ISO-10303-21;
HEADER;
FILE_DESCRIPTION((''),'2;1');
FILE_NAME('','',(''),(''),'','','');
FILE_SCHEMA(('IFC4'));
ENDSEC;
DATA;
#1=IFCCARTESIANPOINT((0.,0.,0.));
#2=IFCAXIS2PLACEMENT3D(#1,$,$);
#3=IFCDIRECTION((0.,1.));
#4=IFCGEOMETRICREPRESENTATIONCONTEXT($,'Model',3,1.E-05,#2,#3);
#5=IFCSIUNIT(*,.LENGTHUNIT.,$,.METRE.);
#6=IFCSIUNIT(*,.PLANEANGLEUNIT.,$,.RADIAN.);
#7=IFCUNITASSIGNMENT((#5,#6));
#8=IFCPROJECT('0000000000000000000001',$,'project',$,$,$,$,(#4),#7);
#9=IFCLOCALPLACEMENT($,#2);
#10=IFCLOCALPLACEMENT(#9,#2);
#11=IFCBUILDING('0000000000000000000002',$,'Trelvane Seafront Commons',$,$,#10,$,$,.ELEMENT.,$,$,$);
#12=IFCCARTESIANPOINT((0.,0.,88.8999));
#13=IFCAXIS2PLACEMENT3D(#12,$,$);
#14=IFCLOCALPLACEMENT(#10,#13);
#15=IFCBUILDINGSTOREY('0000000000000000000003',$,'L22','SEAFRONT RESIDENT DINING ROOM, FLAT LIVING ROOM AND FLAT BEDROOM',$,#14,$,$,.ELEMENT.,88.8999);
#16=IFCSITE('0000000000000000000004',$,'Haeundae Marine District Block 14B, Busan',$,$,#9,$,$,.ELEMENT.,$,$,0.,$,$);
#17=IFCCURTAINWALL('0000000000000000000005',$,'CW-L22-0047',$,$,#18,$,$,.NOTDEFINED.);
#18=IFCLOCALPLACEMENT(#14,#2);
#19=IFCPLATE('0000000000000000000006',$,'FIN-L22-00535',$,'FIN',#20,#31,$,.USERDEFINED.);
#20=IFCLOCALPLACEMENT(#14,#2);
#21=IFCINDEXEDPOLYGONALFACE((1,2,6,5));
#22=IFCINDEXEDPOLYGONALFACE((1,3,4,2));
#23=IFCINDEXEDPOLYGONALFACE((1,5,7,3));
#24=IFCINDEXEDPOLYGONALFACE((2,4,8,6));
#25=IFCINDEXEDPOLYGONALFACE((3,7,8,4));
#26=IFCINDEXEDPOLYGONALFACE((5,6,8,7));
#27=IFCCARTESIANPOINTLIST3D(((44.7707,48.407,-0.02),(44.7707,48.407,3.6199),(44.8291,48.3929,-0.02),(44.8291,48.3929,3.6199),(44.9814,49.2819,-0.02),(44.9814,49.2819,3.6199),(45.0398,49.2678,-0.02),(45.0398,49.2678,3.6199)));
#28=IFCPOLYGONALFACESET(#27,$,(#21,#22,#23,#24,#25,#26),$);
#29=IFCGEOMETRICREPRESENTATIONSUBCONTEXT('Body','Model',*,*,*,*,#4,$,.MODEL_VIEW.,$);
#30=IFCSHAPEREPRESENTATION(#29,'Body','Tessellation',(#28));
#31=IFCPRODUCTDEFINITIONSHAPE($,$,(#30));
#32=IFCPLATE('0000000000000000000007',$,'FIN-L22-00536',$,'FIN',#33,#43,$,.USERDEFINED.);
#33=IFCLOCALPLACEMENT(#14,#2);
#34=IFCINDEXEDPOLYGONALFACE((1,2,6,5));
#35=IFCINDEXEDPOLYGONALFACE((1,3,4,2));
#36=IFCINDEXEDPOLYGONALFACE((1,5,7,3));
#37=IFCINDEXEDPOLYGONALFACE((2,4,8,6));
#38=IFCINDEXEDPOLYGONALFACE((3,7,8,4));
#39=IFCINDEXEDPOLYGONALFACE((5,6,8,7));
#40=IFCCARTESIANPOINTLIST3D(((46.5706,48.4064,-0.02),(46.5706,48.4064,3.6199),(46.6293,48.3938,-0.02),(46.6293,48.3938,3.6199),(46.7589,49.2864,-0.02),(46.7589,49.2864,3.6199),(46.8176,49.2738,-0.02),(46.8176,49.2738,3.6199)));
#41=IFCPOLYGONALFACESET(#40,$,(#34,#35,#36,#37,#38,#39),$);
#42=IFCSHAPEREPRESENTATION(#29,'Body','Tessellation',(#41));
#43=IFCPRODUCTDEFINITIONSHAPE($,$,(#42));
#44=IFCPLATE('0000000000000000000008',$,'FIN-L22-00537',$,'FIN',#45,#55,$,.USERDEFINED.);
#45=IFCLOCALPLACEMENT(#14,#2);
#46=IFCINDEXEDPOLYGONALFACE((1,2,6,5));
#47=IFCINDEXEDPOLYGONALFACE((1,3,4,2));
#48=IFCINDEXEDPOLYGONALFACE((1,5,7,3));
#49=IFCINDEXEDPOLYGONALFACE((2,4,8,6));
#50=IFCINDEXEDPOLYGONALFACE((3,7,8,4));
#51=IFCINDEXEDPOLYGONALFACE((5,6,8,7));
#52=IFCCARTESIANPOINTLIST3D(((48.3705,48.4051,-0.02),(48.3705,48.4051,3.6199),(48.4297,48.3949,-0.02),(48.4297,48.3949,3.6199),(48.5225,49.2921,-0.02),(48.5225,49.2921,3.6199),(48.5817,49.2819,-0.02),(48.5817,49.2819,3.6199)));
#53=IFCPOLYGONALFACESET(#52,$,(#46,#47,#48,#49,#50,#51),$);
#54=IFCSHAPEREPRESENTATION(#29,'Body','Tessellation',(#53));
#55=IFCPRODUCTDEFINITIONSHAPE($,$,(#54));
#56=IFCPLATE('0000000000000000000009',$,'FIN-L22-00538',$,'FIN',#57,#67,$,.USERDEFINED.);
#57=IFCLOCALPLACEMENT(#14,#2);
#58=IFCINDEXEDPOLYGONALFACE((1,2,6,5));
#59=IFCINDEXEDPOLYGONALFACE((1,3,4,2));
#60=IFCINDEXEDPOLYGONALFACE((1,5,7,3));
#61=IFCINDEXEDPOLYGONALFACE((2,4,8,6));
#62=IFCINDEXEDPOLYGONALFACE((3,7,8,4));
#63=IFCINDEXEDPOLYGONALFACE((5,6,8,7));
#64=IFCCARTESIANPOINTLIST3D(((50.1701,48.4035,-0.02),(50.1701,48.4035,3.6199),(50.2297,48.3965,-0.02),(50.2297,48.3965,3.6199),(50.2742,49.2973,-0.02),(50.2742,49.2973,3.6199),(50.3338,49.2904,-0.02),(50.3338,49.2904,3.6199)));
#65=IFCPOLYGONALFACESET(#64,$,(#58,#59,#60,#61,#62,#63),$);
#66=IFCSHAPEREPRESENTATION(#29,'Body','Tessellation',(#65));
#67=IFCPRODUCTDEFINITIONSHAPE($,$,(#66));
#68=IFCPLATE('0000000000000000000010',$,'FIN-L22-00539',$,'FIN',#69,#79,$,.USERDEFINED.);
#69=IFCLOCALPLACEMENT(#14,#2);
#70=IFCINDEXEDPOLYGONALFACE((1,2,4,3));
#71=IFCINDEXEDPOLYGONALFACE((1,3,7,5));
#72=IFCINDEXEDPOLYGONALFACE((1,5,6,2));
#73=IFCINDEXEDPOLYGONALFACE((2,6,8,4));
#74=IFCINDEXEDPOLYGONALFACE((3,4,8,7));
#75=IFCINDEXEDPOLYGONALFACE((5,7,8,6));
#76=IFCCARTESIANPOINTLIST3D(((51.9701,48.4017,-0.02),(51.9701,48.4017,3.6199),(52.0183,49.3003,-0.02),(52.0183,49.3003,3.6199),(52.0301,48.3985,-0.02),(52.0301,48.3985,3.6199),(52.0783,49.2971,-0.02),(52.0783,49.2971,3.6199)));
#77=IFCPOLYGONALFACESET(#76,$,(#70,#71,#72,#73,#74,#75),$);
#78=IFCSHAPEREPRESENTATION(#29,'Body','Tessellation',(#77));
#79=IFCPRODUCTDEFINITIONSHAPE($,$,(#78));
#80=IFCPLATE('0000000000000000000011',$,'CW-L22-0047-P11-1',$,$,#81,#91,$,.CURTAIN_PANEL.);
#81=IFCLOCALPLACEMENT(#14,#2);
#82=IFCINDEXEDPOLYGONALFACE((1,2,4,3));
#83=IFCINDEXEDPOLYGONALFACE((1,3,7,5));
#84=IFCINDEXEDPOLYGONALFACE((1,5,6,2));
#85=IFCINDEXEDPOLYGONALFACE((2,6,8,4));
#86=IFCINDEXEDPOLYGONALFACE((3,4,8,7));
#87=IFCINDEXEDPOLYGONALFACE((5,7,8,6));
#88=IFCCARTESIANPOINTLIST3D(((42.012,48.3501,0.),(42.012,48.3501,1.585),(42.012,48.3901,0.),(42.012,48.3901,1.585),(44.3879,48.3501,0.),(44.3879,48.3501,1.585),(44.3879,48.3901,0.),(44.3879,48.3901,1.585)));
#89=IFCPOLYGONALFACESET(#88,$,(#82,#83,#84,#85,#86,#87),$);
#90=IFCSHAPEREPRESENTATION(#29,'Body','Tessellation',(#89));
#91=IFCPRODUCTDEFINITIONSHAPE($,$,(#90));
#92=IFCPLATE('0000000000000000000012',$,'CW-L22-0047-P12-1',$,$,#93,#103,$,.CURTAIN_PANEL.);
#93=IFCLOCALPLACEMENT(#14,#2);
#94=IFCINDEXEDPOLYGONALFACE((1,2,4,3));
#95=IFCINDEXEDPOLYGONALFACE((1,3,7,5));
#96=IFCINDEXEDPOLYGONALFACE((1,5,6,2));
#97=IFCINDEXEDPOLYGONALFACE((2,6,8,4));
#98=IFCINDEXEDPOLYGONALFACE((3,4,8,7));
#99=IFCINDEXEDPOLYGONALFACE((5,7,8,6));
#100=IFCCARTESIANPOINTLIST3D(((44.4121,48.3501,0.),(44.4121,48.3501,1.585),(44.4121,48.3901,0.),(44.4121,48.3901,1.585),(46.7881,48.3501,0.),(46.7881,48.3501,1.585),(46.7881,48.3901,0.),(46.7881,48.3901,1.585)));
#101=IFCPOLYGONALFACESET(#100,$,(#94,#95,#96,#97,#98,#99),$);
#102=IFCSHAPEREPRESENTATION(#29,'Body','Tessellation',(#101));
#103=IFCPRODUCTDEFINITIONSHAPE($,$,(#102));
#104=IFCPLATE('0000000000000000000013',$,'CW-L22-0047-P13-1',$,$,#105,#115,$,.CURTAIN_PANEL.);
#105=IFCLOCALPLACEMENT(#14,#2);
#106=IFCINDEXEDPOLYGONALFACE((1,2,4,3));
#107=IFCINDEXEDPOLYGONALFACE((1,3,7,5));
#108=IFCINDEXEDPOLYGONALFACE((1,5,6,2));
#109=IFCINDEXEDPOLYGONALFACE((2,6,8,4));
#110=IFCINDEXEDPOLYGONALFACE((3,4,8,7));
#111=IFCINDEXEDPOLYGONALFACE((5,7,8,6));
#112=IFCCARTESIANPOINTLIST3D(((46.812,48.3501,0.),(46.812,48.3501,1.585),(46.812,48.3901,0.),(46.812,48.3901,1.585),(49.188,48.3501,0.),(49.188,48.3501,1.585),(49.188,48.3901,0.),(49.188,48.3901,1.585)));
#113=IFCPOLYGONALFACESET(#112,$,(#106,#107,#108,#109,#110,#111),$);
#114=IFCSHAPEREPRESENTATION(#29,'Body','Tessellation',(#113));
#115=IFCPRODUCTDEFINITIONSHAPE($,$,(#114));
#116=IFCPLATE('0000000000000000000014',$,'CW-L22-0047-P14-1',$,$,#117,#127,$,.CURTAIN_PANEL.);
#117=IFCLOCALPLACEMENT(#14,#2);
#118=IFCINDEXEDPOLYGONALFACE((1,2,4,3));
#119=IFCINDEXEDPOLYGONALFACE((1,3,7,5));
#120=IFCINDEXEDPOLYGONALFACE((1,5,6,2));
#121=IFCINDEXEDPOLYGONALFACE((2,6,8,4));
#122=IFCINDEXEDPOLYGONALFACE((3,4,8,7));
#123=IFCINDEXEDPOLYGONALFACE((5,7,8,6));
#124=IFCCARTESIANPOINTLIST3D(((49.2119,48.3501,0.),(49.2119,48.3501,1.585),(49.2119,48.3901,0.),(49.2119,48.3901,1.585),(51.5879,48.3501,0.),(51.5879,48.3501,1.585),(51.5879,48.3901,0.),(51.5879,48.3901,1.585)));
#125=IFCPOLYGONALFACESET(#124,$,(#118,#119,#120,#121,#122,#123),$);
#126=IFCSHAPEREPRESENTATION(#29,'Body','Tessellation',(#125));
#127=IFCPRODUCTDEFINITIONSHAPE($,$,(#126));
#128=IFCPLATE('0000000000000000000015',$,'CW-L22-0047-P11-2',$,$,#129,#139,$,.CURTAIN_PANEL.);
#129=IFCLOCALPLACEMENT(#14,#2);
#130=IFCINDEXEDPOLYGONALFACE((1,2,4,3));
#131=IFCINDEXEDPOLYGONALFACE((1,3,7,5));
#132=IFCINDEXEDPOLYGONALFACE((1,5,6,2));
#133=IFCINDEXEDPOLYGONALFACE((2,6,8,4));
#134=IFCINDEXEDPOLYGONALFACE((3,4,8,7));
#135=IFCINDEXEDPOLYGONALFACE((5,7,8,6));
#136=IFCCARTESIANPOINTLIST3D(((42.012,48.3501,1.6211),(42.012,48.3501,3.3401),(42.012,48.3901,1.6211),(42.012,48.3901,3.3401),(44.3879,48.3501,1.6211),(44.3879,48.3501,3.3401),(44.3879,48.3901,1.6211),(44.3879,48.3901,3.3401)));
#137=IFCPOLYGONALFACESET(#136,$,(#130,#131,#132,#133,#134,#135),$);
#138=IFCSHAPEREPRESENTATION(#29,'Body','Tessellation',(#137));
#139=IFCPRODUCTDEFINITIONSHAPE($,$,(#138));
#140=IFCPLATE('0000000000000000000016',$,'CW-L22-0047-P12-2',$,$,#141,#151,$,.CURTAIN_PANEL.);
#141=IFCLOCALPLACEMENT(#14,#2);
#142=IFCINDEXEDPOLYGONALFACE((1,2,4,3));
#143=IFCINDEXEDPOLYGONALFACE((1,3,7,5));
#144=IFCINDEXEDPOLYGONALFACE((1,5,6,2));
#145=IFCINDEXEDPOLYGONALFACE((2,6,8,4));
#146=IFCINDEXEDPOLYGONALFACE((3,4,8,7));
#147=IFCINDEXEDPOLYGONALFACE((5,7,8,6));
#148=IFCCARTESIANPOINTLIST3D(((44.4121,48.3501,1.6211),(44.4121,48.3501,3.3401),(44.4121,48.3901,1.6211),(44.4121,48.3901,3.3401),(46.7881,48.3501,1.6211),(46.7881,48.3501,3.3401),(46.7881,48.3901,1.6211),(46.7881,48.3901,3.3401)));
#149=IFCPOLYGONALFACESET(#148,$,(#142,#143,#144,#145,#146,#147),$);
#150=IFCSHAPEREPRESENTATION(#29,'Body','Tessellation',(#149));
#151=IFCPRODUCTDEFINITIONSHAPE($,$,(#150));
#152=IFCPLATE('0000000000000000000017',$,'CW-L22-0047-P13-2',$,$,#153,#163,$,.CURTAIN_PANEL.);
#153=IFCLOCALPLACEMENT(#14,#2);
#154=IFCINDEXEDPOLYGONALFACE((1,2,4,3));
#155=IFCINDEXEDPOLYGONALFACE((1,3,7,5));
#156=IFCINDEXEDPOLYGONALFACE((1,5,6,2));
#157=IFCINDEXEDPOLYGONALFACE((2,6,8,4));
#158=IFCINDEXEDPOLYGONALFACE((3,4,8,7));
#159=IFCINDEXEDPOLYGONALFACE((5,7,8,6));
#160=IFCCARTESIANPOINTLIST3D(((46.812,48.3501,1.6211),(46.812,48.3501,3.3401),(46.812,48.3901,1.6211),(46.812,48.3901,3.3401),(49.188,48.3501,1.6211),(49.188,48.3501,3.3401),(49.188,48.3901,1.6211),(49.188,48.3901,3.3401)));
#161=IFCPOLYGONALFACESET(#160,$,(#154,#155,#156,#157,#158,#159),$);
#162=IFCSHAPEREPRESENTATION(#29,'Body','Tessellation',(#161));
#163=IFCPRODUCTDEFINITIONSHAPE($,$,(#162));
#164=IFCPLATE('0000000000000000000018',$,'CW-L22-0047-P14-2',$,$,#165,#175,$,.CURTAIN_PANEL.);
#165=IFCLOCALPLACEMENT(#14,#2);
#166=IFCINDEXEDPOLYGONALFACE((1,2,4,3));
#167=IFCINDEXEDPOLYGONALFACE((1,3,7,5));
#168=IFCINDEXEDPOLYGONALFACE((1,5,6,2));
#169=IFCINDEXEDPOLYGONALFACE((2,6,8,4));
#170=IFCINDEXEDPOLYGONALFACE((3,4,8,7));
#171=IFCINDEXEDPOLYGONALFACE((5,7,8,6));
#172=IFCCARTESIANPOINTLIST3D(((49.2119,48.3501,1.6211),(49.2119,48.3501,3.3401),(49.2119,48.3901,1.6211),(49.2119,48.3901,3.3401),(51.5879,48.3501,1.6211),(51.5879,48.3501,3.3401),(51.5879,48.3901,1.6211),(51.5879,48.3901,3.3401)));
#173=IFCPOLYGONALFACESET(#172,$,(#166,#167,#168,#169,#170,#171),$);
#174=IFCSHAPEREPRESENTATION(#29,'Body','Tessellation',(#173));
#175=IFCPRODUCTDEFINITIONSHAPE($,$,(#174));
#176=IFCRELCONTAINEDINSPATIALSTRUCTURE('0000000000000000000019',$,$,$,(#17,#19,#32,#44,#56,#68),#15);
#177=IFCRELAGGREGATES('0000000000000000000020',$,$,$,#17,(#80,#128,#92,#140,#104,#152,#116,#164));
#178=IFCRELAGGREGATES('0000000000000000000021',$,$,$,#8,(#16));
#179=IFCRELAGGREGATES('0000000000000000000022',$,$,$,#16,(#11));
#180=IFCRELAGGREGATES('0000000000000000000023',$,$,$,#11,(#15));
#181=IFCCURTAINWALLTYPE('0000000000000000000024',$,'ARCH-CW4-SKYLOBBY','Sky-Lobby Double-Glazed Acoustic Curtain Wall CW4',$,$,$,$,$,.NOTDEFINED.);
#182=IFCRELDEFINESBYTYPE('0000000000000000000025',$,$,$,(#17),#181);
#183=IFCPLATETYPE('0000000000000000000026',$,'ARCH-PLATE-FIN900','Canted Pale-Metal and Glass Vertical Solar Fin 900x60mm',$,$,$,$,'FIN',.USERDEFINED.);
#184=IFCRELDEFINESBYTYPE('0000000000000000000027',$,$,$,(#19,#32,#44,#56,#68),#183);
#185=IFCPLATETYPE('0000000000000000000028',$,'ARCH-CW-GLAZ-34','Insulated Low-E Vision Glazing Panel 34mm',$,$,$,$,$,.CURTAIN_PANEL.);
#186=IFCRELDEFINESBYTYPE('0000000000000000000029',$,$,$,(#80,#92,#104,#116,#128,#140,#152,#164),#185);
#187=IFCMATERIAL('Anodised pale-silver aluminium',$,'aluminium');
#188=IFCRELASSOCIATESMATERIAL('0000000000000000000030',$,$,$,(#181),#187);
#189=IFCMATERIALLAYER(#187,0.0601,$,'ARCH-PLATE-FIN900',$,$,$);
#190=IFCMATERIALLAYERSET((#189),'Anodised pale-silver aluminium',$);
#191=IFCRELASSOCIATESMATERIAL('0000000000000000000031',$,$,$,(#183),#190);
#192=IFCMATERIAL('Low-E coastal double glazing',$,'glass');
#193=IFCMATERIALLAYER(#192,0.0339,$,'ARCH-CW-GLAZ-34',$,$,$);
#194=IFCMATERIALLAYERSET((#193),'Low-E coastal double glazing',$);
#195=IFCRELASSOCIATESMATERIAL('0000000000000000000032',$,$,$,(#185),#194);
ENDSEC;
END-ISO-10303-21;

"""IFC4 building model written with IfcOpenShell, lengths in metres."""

from ifc_helpers import new_model, si_unit, direction, frame, origin, origin_2d, place, context, subcontext, project, spatial, rectangle, extrude, source, transform, mapped, material, layer, layer_set, type_object, element, aggregate, save


model = new_model("IFC4")

# Units and contexts
model_context = context("Model", 3, precision=1e-05, world=origin(), true_north=direction((0.0, 1.0)))
body_context = subcontext(model_context, "Body", "Model", "MODEL_VIEW")
ifc_project = project(units=[si_unit("LENGTHUNIT", "METRE"), si_unit("PLANEANGLEUNIT", "RADIAN")], contexts=[model_context])

# Site, building, storey
site_placement = place(None, origin())
site = spatial("IfcSite", under=ifc_project, at=site_placement, Name="Haeundae Marine District Block 14B, Busan", CompositionType="ELEMENT", RefElevation=0.0)
building_placement = place(site_placement, origin())
building = spatial("IfcBuilding", under=site, at=building_placement, Name="Trelvane Seafront Commons", CompositionType="ELEMENT")
storey_placement = place(building_placement, frame((0.0, 0.0, 88.8999)))
storey = spatial("IfcBuildingStorey", under=building, at=storey_placement, Name="L22", Description="SEAFRONT RESIDENT DINING ROOM, FLAT LIVING ROOM AND FLAT BEDROOM", CompositionType="ELEMENT", Elevation=88.8999)

# Curtain wall
ifc_material_1 = material(Name="Anodised pale-silver aluminium", Category="aluminium")
curtain_wall_type = type_object("IfcCurtainWallType", Name="ARCH-CW4-SKYLOBBY", Description="Sky-Lobby Double-Glazed Acoustic Curtain Wall CW4", PredefinedType="NOTDEFINED", material=ifc_material_1)
curtain_wall_placement = place(storey_placement, origin())
curtain_wall = element("IfcCurtainWall", 1, at=curtain_wall_placement, inside=storey, type_object=curtain_wall_type, Name="CW-L22-0047", PredefinedType="NOTDEFINED")

# Plates
ifc_layer_1 = layer(ifc_material_1, 0.0601, Name="ARCH-PLATE-FIN900")
ifc_layer_set_1 = layer_set([ifc_layer_1], Name="Anodised pale-silver aluminium")
plate_type_1 = type_object("IfcPlateType", Name="ARCH-PLATE-FIN900", Description="Canted Pale-Metal and Glass Vertical Solar Fin 900x60mm", ElementType="FIN", PredefinedType="USERDEFINED", material=ifc_layer_set_1)
shared_shape_1 = source(origin(), body_context, "Body", "SweptSolid", [
    extrude(rectangle(XDim=0.8999, YDim=0.0601, at=origin_2d()), origin(), (0.0, 0.0, 1.0), 3.6399),
])
for number, where, z_axis, x_axis, name in (
    (2, (44.9053, 48.8374, -0.02), (0.0, 0.0, 1.0), (0.234109, 0.97221, 0.0), "FIN-L22-00535"),
    (3, (46.6941, 48.8401, -0.02), (0.0, 0.0, 1.0), (0.209218, 0.977869, 0.0), "FIN-L22-00536"),
    (4, (48.4761, 48.8435, -0.02), (0.0, 0.0, 1.0), (0.168883, 0.985636, 0.0), "FIN-L22-00537"),
    (5, (50.252, 48.8469, -0.02), (0.0, 0.0, 1.0), (0.115662, 0.993289, 0.0), "FIN-L22-00538"),
    (6, (52.0242, 48.8494, -0.02), (0.0, 0.0, 1.0), (0.053556, 0.998565, 0.0), "FIN-L22-00539"),
):
    element("IfcPlate", number, at=place(storey_placement, frame(where, z_axis=z_axis, x_axis=x_axis)), inside=storey, type_object=plate_type_1, Name=name, ObjectType="FIN", PredefinedType="USERDEFINED", context=body_context, shape_type="MappedRepresentation", body=[
        mapped(shared_shape_1, transform((0.0, 0.0, 0.0), x_axis=(1.0, 0.0, 0.0), y_axis=(0.0, 1.0, 0.0), z_axis=(0.0, 0.0, 1.0), scale=1.0)),
    ])

# Plates
ifc_material_2 = material(Name="Low-E coastal double glazing", Category="glass")
ifc_layer_2 = layer(ifc_material_2, 0.0339, Name="ARCH-CW-GLAZ-34")
ifc_layer_set_2 = layer_set([ifc_layer_2], Name="Low-E coastal double glazing")
plate_type_2 = type_object("IfcPlateType", Name="ARCH-CW-GLAZ-34", Description="Insulated Low-E Vision Glazing Panel 34mm", PredefinedType="CURTAIN_PANEL", material=ifc_layer_set_2)
shared_shape_2 = source(origin(), body_context, "Body", "SweptSolid", [
    extrude(rectangle(XDim=2.376, YDim=0.04, at=origin_2d()), origin(), (0.0, 0.0, 1.0), 1.585),
])
plate_1_placement = place(storey_placement, frame((43.2, 48.3701, 0.0), z_axis=(0.0, 0.0, 1.0), x_axis=(1.0, 0.0, 0.0)))
plate_1 = element("IfcPlate", 7, at=plate_1_placement, type_object=plate_type_2, Name="CW-L22-0047-P11-1", PredefinedType="CURTAIN_PANEL", context=body_context, shape_type="MappedRepresentation", body=[
    mapped(shared_shape_2, transform((0.0, 0.0, 0.0), x_axis=(1.0, 0.0, 0.0), y_axis=(0.0, 1.0, 0.0), z_axis=(0.0, 0.0, 1.0), scale=1.0)),
])
plate_2_placement = place(storey_placement, frame((45.6001, 48.3701, 0.0), z_axis=(0.0, 0.0, 1.0), x_axis=(1.0, 0.0, 0.0)))
plate_2 = element("IfcPlate", 8, at=plate_2_placement, type_object=plate_type_2, Name="CW-L22-0047-P12-1", PredefinedType="CURTAIN_PANEL", context=body_context, shape_type="MappedRepresentation", body=[
    mapped(shared_shape_2, transform((0.0, 0.0, 0.0), x_axis=(1.0, 0.0, 0.0), y_axis=(0.0, 1.0, 0.0), z_axis=(0.0, 0.0, 1.0), scale=1.0)),
])
plate_3_placement = place(storey_placement, frame((48.0, 48.3701, 0.0), z_axis=(0.0, 0.0, 1.0), x_axis=(1.0, 0.0, 0.0)))
plate_3 = element("IfcPlate", 9, at=plate_3_placement, type_object=plate_type_2, Name="CW-L22-0047-P13-1", PredefinedType="CURTAIN_PANEL", context=body_context, shape_type="MappedRepresentation", body=[
    mapped(shared_shape_2, transform((0.0, 0.0, 0.0), x_axis=(1.0, 0.0, 0.0), y_axis=(0.0, 1.0, 0.0), z_axis=(0.0, 0.0, 1.0), scale=1.0)),
])
plate_4_placement = place(storey_placement, frame((50.3999, 48.3701, 0.0), z_axis=(0.0, 0.0, 1.0), x_axis=(1.0, 0.0, 0.0)))
plate_4 = element("IfcPlate", 10, at=plate_4_placement, type_object=plate_type_2, Name="CW-L22-0047-P14-1", PredefinedType="CURTAIN_PANEL", context=body_context, shape_type="MappedRepresentation", body=[
    mapped(shared_shape_2, transform((0.0, 0.0, 0.0), x_axis=(1.0, 0.0, 0.0), y_axis=(0.0, 1.0, 0.0), z_axis=(0.0, 0.0, 1.0), scale=1.0)),
])
shared_shape_3 = source(origin(), body_context, "Body", "SweptSolid", [
    extrude(rectangle(XDim=2.376, YDim=0.04, at=origin_2d()), origin(), (0.0, 0.0, 1.0), 1.719),
])
plate_5_placement = place(storey_placement, frame((43.2, 48.3701, 1.6211), z_axis=(0.0, 0.0, 1.0), x_axis=(1.0, 0.0, 0.0)))
plate_5 = element("IfcPlate", 11, at=plate_5_placement, type_object=plate_type_2, Name="CW-L22-0047-P11-2", PredefinedType="CURTAIN_PANEL", context=body_context, shape_type="MappedRepresentation", body=[
    mapped(shared_shape_3, transform((0.0, 0.0, 0.0), x_axis=(1.0, 0.0, 0.0), y_axis=(0.0, 1.0, 0.0), z_axis=(0.0, 0.0, 1.0), scale=1.0)),
])
plate_6_placement = place(storey_placement, frame((45.6001, 48.3701, 1.6211), z_axis=(0.0, 0.0, 1.0), x_axis=(1.0, 0.0, 0.0)))
plate_6 = element("IfcPlate", 12, at=plate_6_placement, type_object=plate_type_2, Name="CW-L22-0047-P12-2", PredefinedType="CURTAIN_PANEL", context=body_context, shape_type="MappedRepresentation", body=[
    mapped(shared_shape_3, transform((0.0, 0.0, 0.0), x_axis=(1.0, 0.0, 0.0), y_axis=(0.0, 1.0, 0.0), z_axis=(0.0, 0.0, 1.0), scale=1.0)),
])
plate_7_placement = place(storey_placement, frame((48.0, 48.3701, 1.6211), z_axis=(0.0, 0.0, 1.0), x_axis=(1.0, 0.0, 0.0)))
plate_7 = element("IfcPlate", 13, at=plate_7_placement, type_object=plate_type_2, Name="CW-L22-0047-P13-2", PredefinedType="CURTAIN_PANEL", context=body_context, shape_type="MappedRepresentation", body=[
    mapped(shared_shape_3, transform((0.0, 0.0, 0.0), x_axis=(1.0, 0.0, 0.0), y_axis=(0.0, 1.0, 0.0), z_axis=(0.0, 0.0, 1.0), scale=1.0)),
])
plate_8_placement = place(storey_placement, frame((50.3999, 48.3701, 1.6211), z_axis=(0.0, 0.0, 1.0), x_axis=(1.0, 0.0, 0.0)))
plate_8 = element("IfcPlate", 14, at=plate_8_placement, type_object=plate_type_2, Name="CW-L22-0047-P14-2", PredefinedType="CURTAIN_PANEL", context=body_context, shape_type="MappedRepresentation", body=[
    mapped(shared_shape_3, transform((0.0, 0.0, 0.0), x_axis=(1.0, 0.0, 0.0), y_axis=(0.0, 1.0, 0.0), z_axis=(0.0, 0.0, 1.0), scale=1.0)),
])
aggregate(curtain_wall, [plate_1, plate_5, plate_2, plate_6, plate_3, plate_7, plate_4, plate_8])

save(model, "model.ifc")
